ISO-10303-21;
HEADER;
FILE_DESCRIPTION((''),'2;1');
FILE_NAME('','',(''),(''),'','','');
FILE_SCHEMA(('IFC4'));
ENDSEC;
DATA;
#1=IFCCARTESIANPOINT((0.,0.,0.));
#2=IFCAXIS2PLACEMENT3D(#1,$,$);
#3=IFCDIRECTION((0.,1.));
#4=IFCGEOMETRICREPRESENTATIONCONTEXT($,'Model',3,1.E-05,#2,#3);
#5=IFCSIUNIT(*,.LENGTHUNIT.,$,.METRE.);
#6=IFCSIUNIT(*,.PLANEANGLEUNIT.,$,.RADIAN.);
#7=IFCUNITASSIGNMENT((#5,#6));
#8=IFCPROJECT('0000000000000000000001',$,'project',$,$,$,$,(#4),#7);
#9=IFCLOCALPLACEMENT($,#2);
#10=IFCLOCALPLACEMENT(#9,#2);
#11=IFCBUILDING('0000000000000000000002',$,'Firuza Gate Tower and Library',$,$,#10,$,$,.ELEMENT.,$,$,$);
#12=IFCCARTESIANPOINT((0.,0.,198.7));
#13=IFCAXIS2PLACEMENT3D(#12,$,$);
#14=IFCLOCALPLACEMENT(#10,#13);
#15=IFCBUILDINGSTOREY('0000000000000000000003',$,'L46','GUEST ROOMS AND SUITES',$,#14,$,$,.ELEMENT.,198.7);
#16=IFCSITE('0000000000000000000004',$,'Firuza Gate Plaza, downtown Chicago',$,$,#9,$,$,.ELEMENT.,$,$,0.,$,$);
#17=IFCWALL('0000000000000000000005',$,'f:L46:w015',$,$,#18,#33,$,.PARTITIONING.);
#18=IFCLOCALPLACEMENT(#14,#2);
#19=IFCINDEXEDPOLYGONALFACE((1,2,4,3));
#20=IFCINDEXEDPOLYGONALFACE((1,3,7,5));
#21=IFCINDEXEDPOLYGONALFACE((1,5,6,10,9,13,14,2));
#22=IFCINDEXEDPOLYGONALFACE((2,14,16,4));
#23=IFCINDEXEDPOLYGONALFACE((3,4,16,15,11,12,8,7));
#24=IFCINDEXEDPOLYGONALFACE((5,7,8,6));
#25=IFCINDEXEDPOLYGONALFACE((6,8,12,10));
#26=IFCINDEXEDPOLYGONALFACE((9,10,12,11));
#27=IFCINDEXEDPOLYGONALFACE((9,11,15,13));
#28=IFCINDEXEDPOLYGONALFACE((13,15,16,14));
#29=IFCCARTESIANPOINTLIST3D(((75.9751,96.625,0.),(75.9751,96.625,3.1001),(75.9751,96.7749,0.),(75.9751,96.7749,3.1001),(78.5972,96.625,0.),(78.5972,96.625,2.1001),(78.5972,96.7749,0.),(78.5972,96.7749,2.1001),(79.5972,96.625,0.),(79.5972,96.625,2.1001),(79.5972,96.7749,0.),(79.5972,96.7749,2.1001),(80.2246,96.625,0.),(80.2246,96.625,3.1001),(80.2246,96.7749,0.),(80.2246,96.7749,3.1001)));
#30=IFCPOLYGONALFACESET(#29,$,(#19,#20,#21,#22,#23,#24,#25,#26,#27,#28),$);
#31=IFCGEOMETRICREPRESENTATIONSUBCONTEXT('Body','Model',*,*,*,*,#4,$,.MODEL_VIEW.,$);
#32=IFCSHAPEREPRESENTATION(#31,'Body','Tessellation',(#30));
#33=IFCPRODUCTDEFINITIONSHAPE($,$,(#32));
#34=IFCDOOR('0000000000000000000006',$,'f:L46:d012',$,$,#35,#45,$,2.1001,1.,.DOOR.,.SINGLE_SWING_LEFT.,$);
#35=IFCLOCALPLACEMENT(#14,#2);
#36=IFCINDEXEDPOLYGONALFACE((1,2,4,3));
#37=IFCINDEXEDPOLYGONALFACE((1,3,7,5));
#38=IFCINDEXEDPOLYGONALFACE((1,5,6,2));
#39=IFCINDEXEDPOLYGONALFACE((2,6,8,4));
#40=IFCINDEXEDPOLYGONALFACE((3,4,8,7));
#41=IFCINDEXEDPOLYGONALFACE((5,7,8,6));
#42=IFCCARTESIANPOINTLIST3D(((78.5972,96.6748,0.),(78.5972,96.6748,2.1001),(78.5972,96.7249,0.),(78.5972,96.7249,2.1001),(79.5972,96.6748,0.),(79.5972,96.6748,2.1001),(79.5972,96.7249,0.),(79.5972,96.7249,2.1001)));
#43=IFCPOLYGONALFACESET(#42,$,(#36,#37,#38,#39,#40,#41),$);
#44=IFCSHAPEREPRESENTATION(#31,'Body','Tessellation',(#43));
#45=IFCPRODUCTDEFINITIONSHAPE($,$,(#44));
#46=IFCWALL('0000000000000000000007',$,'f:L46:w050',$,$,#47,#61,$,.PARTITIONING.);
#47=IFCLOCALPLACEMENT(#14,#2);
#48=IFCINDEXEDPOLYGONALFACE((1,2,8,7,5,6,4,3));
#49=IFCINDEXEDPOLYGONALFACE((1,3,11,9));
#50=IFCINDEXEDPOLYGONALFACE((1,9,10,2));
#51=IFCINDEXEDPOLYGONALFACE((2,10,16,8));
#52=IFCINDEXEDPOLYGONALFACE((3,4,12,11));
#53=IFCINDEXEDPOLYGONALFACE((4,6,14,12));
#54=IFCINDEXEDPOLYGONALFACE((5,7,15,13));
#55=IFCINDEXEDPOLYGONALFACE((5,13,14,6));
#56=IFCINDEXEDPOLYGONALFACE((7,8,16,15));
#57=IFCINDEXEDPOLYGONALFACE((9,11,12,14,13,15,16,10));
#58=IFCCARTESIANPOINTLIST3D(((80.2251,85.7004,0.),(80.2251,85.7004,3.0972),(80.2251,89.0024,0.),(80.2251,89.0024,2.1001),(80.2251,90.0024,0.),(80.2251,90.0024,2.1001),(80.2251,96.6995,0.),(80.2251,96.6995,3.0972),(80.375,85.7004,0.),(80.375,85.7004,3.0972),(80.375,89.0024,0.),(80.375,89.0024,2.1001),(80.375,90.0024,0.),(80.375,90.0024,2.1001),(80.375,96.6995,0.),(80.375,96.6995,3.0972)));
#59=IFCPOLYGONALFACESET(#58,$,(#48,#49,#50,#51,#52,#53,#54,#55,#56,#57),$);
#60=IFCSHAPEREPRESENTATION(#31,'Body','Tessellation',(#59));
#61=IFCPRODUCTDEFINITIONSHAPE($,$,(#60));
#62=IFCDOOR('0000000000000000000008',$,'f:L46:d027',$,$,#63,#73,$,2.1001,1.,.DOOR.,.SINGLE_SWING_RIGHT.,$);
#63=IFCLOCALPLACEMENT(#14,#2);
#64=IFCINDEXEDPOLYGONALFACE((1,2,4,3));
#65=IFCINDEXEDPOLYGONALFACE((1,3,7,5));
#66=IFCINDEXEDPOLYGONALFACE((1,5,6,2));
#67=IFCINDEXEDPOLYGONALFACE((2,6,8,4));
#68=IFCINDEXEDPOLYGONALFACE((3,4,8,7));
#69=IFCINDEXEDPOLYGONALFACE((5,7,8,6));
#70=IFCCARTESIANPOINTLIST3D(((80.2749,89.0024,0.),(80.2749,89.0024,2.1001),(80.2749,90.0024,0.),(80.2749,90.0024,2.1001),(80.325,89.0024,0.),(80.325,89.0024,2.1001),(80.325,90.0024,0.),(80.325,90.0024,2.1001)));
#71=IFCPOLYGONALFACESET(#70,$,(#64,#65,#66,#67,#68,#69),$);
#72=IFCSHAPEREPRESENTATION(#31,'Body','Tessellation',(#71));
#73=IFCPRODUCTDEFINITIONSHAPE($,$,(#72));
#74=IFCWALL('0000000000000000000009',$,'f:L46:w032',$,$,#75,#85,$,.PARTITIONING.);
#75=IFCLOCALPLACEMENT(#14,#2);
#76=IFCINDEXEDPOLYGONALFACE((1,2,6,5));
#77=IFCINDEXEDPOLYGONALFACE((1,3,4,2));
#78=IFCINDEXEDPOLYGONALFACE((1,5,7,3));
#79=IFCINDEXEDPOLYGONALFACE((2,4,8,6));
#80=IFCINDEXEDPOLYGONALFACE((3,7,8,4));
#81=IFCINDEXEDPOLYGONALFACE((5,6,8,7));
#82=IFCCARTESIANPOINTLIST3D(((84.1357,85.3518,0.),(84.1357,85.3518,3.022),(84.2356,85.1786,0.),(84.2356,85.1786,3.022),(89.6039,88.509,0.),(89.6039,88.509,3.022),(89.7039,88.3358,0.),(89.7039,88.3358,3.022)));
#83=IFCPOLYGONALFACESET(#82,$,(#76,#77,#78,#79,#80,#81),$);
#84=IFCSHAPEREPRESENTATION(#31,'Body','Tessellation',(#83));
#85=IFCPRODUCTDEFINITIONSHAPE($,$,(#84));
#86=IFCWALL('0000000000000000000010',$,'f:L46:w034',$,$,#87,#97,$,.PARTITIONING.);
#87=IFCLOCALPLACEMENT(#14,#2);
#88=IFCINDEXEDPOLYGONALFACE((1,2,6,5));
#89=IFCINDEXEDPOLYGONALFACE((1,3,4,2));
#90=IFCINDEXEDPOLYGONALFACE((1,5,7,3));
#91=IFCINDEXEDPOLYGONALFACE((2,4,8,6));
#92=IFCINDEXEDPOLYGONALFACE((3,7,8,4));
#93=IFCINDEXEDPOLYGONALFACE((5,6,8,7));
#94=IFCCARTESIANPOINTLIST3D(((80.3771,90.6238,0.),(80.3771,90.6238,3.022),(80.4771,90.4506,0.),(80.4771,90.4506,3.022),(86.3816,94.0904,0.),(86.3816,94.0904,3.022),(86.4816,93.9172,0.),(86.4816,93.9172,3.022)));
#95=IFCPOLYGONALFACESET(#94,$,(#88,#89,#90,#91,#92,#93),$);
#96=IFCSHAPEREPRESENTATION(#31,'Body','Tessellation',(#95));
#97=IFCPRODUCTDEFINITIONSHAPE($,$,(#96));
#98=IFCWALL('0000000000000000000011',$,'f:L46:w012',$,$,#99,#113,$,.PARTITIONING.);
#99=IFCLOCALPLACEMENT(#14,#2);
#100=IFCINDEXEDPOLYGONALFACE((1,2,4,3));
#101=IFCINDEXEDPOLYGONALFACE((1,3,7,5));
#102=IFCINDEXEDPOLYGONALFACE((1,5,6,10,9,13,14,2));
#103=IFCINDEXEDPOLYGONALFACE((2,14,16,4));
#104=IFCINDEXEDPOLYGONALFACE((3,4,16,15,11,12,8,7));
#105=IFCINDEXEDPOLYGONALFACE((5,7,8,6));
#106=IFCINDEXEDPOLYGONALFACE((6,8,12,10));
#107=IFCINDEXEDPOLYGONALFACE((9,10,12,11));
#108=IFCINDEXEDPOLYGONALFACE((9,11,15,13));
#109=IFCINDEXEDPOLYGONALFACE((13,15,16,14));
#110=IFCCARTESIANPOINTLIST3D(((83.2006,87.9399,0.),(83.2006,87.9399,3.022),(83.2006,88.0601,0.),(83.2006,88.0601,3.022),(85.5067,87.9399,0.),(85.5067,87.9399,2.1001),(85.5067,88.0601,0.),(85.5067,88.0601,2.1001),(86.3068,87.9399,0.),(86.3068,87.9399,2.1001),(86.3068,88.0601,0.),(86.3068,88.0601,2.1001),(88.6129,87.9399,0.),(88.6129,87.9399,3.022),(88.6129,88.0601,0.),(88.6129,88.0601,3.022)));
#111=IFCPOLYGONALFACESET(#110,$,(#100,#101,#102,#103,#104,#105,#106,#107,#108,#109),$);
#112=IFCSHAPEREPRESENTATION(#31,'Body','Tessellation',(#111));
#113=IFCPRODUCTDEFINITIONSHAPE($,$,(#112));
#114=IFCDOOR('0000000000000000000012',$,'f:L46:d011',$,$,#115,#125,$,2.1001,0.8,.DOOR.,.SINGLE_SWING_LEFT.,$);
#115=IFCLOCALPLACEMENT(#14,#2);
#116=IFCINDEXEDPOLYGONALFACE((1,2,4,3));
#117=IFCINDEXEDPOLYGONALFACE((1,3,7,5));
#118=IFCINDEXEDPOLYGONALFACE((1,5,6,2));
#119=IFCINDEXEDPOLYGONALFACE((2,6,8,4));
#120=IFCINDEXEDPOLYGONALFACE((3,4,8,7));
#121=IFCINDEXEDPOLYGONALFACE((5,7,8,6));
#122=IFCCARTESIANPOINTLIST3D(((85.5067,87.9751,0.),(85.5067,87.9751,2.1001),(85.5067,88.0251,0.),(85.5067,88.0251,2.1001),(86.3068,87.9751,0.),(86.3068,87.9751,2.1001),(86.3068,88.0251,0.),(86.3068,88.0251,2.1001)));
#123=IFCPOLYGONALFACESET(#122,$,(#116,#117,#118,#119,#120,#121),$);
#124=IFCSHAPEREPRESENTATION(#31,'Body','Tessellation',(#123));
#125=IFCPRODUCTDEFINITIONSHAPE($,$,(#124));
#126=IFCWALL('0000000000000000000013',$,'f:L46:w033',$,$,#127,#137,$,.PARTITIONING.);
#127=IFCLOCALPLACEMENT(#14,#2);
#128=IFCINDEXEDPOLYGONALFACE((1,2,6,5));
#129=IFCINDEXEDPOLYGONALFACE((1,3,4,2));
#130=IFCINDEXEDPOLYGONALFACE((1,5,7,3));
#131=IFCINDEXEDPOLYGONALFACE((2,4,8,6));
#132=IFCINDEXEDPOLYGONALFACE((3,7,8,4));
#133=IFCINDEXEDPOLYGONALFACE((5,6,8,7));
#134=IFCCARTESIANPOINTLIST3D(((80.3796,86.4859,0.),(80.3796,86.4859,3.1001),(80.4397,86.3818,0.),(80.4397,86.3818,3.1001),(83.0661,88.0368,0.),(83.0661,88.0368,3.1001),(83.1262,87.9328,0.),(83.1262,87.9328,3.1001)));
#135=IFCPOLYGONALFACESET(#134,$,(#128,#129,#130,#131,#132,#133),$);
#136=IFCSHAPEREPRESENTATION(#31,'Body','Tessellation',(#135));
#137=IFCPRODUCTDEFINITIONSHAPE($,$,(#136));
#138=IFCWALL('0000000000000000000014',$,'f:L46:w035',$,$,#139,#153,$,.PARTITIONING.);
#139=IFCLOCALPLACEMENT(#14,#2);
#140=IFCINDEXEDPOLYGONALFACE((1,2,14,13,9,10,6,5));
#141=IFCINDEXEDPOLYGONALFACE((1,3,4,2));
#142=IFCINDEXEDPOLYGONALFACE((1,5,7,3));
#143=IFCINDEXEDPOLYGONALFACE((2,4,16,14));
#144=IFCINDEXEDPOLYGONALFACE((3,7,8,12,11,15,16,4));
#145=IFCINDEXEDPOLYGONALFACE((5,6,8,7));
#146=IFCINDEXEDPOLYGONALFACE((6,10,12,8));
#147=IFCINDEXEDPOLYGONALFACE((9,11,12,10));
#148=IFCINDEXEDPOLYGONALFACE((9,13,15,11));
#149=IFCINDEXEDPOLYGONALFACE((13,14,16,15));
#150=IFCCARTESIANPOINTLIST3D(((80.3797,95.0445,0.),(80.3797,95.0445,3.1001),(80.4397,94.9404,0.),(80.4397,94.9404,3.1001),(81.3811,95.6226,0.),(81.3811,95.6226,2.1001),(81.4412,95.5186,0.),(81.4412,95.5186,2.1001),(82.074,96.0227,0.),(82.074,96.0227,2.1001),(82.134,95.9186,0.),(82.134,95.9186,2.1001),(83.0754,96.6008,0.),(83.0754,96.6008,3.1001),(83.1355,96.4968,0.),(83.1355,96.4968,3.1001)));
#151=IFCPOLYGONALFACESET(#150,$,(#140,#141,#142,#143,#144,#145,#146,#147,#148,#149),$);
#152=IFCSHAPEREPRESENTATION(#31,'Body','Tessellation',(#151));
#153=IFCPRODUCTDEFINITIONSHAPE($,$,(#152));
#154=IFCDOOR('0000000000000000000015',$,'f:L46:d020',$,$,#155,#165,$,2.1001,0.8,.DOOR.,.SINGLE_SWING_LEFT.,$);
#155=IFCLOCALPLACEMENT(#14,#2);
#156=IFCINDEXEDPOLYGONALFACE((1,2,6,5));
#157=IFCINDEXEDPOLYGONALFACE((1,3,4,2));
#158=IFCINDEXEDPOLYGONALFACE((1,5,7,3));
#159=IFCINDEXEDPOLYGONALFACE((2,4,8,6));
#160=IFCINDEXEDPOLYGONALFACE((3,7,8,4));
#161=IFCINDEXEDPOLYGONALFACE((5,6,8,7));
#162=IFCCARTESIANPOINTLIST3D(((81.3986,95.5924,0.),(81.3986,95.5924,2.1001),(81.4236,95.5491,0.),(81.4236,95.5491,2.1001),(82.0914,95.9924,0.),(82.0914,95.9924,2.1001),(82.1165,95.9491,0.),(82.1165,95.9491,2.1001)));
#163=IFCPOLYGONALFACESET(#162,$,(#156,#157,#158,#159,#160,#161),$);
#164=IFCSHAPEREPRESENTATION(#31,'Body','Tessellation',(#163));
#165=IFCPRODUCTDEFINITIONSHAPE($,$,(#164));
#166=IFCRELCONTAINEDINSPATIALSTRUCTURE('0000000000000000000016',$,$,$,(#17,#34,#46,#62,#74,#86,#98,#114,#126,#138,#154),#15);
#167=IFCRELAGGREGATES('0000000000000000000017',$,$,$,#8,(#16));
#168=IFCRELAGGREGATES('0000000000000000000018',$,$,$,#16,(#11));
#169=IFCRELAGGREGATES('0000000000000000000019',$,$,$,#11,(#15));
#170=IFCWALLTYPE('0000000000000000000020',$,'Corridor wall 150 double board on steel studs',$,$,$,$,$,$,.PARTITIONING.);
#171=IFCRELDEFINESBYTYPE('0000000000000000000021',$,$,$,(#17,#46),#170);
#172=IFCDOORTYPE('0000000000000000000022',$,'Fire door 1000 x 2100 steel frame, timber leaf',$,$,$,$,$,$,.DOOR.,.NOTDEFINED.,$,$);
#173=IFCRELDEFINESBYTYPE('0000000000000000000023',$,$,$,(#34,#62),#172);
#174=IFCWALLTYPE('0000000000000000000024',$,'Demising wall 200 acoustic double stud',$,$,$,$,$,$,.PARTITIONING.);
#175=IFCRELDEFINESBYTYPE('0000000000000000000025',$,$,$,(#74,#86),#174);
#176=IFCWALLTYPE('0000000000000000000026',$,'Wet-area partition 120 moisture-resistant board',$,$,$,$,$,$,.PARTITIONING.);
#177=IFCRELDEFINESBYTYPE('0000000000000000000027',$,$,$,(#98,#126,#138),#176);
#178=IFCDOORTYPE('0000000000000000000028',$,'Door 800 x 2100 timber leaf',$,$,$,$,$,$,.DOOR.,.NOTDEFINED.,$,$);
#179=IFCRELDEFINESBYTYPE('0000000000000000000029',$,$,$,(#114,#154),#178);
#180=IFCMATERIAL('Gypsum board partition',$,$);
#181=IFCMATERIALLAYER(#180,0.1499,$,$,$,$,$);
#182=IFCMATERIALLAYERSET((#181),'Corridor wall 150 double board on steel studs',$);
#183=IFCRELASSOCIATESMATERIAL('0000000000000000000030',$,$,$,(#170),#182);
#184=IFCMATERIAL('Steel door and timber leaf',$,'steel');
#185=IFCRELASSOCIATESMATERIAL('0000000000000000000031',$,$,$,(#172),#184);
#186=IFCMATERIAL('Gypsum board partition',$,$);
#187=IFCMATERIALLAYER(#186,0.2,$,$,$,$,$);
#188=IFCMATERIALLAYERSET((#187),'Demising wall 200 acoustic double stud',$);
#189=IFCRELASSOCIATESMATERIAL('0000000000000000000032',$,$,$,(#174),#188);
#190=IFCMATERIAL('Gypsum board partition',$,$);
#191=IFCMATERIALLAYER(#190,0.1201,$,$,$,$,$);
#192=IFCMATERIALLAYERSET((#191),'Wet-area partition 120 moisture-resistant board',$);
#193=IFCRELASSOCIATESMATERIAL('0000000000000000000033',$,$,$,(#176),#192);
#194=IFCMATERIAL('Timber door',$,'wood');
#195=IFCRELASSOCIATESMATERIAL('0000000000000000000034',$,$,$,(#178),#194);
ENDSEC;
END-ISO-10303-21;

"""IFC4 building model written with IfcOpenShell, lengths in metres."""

from ifc_helpers import new_model, si_unit, direction, frame, frame_2d, origin, place, context, subcontext, project, spatial, rectangle, extrude, material, layer, layer_set, type_object, element, fill, save


model = new_model("IFC4")

# Units and contexts
model_context = context("Model", 3, precision=1e-05, world=origin(), true_north=direction((0.0, 1.0)))
body_context = subcontext(model_context, "Body", "Model", "MODEL_VIEW")
ifc_project = project(units=[si_unit("LENGTHUNIT", "METRE"), si_unit("PLANEANGLEUNIT", "RADIAN")], contexts=[model_context])

# Site, building, storey
site_placement = place(None, origin())
site = spatial("IfcSite", under=ifc_project, at=site_placement, Name="Firuza Gate Plaza, downtown Chicago", CompositionType="ELEMENT", RefElevation=0.0)
building_placement = place(site_placement, origin())
building = spatial("IfcBuilding", under=site, at=building_placement, Name="Firuza Gate Tower and Library", CompositionType="ELEMENT")
storey_placement = place(building_placement, frame((0.0, 0.0, 198.7)))
storey = spatial("IfcBuildingStorey", under=building, at=storey_placement, Name="L46", Description="GUEST ROOMS AND SUITES", CompositionType="ELEMENT", Elevation=198.7)

# Walls, openings, doors
ifc_material_1 = material(Name="Gypsum board partition")
ifc_layer_1 = layer(ifc_material_1, 0.1499)
ifc_layer_set_1 = layer_set([ifc_layer_1], Name="Corridor wall 150 double board on steel studs")
wall_type_1 = type_object("IfcWallType", Name="Corridor wall 150 double board on steel studs", PredefinedType="PARTITIONING", material=ifc_layer_set_1)
wall_1_placement = place(storey_placement, frame((75.9751, 96.7, 0.0), z_axis=(0.0, 0.0, 1.0), x_axis=(1.0, 0.0, 0.0)))
wall_1 = element("IfcWall", 1, at=wall_1_placement, inside=storey, type_object=wall_type_1, Name="f:L46:w015", PredefinedType="PARTITIONING", context=body_context, shape_type="SweptSolid", body=[
    extrude(rectangle(XDim=4.2495, YDim=0.1499, at=frame_2d((2.1248, 0.0))), origin(), (0.0, 0.0, 1.0), 3.1001),
])
opening_1_placement = place(wall_1_placement, frame((2.6221, 0.0, 0.0)))
opening_1 = element("IfcOpeningElement", 2, at=opening_1_placement, cuts=wall_1, PredefinedType="OPENING", context=body_context, shape_type="SweptSolid", body=[
    extrude(rectangle(XDim=1.0, YDim=2.1001, at=frame_2d((0.5, 1.05))), frame((0.0, 0.085, 0.0), z_axis=(0.0, -1.0, 0.0), x_axis=(1.0, 0.0, 0.0)), (0.0, 0.0, 1.0), 0.1699),
])
ifc_material_2 = material(Name="Steel door and timber leaf", Category="steel")
door_type_1 = type_object("IfcDoorType", Name="Fire door 1000 x 2100 steel frame, timber leaf", OperationType="NOTDEFINED", PredefinedType="DOOR", material=ifc_material_2)
door_1_placement = place(opening_1_placement, origin())
door_1 = element("IfcDoor", 3, at=door_1_placement, inside=storey, type_object=door_type_1, Name="f:L46:d012", OperationType="SINGLE_SWING_LEFT", OverallHeight=2.1001, OverallWidth=1.0, PredefinedType="DOOR", context=body_context, shape_type="SweptSolid", body=[
    extrude(rectangle(XDim=1.0, YDim=2.1001, at=frame_2d((0.5, 1.05))), frame((0.0, 0.0249, 0.0), z_axis=(0.0, -1.0, 0.0), x_axis=(1.0, 0.0, 0.0)), (0.0, 0.0, 1.0), 0.05),
])
fill(opening_1, door_1)
wall_2_placement = place(storey_placement, frame((80.3, 96.6995, 0.0), z_axis=(0.0, 0.0, 1.0), x_axis=(0.0, -1.0, 0.0)))
wall_2 = element("IfcWall", 4, at=wall_2_placement, inside=storey, type_object=wall_type_1, Name="f:L46:w050", PredefinedType="PARTITIONING", context=body_context, shape_type="SweptSolid", body=[
    extrude(rectangle(XDim=10.999, YDim=0.1499, at=frame_2d((5.4995, 0.0))), origin(), (0.0, 0.0, 1.0), 3.0972),
])
opening_2_placement = place(wall_2_placement, frame((6.697, 0.0, 0.0)))
opening_2 = element("IfcOpeningElement", 5, at=opening_2_placement, cuts=wall_2, PredefinedType="OPENING", context=body_context, shape_type="SweptSolid", body=[
    extrude(rectangle(XDim=1.0, YDim=2.1001, at=frame_2d((0.5, 1.05))), frame((0.0, 0.085, 0.0), z_axis=(0.0, -1.0, 0.0), x_axis=(1.0, 0.0, 0.0)), (0.0, 0.0, 1.0), 0.1699),
])
door_2_placement = place(opening_2_placement, origin())
door_2 = element("IfcDoor", 6, at=door_2_placement, inside=storey, type_object=door_type_1, Name="f:L46:d027", OperationType="SINGLE_SWING_RIGHT", OverallHeight=2.1001, OverallWidth=1.0, PredefinedType="DOOR", context=body_context, shape_type="SweptSolid", body=[
    extrude(rectangle(XDim=1.0, YDim=2.1001, at=frame_2d((0.5, 1.05))), frame((0.0, 0.0249, 0.0), z_axis=(0.0, -1.0, 0.0), x_axis=(1.0, 0.0, 0.0)), (0.0, 0.0, 1.0), 0.05),
])
fill(opening_2, door_2)

# Walls
ifc_material_3 = material(Name="Gypsum board partition")
ifc_layer_2 = layer(ifc_material_3, 0.2)
ifc_layer_set_2 = layer_set([ifc_layer_2], Name="Demising wall 200 acoustic double stud")
wall_type_2 = type_object("IfcWallType", Name="Demising wall 200 acoustic double stud", PredefinedType="PARTITIONING", material=ifc_layer_set_2)
wall_3_placement = place(storey_placement, frame((84.1855, 85.2651, 0.0), z_axis=(0.0, 0.0, 1.0), x_axis=(0.866017, 0.500015, 0.0)))
element("IfcWall", 7, at=wall_3_placement, inside=storey, type_object=wall_type_2, Name="f:L46:w032", PredefinedType="PARTITIONING", context=body_context, shape_type="SweptSolid", body=[
    extrude(rectangle(XDim=6.3142, YDim=0.2, at=frame_2d((3.1572, 0.0))), origin(), (0.0, 0.0, 1.0), 3.022),
])
wall_4_placement = place(storey_placement, frame((80.427, 90.5371, 0.0), z_axis=(0.0, 0.0, 1.0), x_axis=(0.866031, 0.499991, 0.0)))
element("IfcWall", 8, at=wall_4_placement, inside=storey, type_object=wall_type_2, Name="f:L46:w034", PredefinedType="PARTITIONING", context=body_context, shape_type="SweptSolid", body=[
    extrude(rectangle(XDim=6.9333, YDim=0.2, at=frame_2d((3.4668, 0.0))), origin(), (0.0, 0.0, 1.0), 3.022),
])

# Wall, opening, door
ifc_material_4 = material(Name="Gypsum board partition")
ifc_layer_3 = layer(ifc_material_4, 0.1201)
ifc_layer_set_3 = layer_set([ifc_layer_3], Name="Wet-area partition 120 moisture-resistant board")
wall_type_3 = type_object("IfcWallType", Name="Wet-area partition 120 moisture-resistant board", PredefinedType="PARTITIONING", material=ifc_layer_set_3)
wall_5_placement = place(storey_placement, frame((88.6128, 88.0, 0.0), z_axis=(0.0, 0.0, 1.0), x_axis=(-1.0, 0.0, 0.0)))
wall_5 = element("IfcWall", 9, at=wall_5_placement, inside=storey, type_object=wall_type_3, Name="f:L46:w012", PredefinedType="PARTITIONING", context=body_context, shape_type="SweptSolid", body=[
    extrude(rectangle(XDim=5.4124, YDim=0.1201, at=frame_2d((2.7061, 0.0))), origin(), (0.0, 0.0, 1.0), 3.022),
])
opening_3_placement = place(wall_5_placement, frame((2.3062, 0.0, 0.0)))
opening_3 = element("IfcOpeningElement", 10, at=opening_3_placement, cuts=wall_5, PredefinedType="OPENING", context=body_context, shape_type="SweptSolid", body=[
    extrude(rectangle(XDim=0.8, YDim=2.1001, at=frame_2d((0.3999, 1.05))), frame((0.0, 0.0701, 0.0), z_axis=(0.0, -1.0, 0.0), x_axis=(1.0, 0.0, 0.0)), (0.0, 0.0, 1.0), 0.1401),
])
ifc_material_5 = material(Name="Timber door", Category="wood")
door_type_2 = type_object("IfcDoorType", Name="Door 800 x 2100 timber leaf", OperationType="NOTDEFINED", PredefinedType="DOOR", material=ifc_material_5)
door_3_placement = place(opening_3_placement, origin())
door_3 = element("IfcDoor", 11, at=door_3_placement, inside=storey, type_object=door_type_2, Name="f:L46:d011", OperationType="SINGLE_SWING_LEFT", OverallHeight=2.1001, OverallWidth=0.8, PredefinedType="DOOR", context=body_context, shape_type="SweptSolid", body=[
    extrude(rectangle(XDim=0.8, YDim=2.1001, at=frame_2d((0.3999, 1.05))), frame((0.0, 0.0249, 0.0), z_axis=(0.0, -1.0, 0.0), x_axis=(1.0, 0.0, 0.0)), (0.0, 0.0, 1.0), 0.05),
])
fill(opening_3, door_3)

# Wall
wall_6_placement = place(storey_placement, frame((80.4097, 86.4338, 0.0), z_axis=(0.0, 0.0, 1.0), x_axis=(0.866031, 0.49999, 0.0)))
element("IfcWall", 12, at=wall_6_placement, inside=storey, type_object=wall_type_3, Name="f:L46:w033", PredefinedType="PARTITIONING", context=body_context, shape_type="SweptSolid", body=[
    extrude(rectangle(XDim=3.1021, YDim=0.1201, at=frame_2d((1.551, 0.0))), origin(), (0.0, 0.0, 1.0), 3.1001),
])

# Wall, opening, door
wall_7_placement = place(storey_placement, frame((83.1055, 96.5488, 0.0), z_axis=(0.0, 0.0, 1.0), x_axis=(-0.866029, -0.499994, 0.0)))
wall_7 = element("IfcWall", 13, at=wall_7_placement, inside=storey, type_object=wall_type_3, Name="f:L46:w035", PredefinedType="PARTITIONING", context=body_context, shape_type="SweptSolid", body=[
    extrude(rectangle(XDim=3.1128, YDim=0.1201, at=frame_2d((1.5564, 0.0))), origin(), (0.0, 0.0, 1.0), 3.1001),
])
opening_4_placement = place(wall_7_placement, frame((1.1565, 0.0, 0.0)))
opening_4 = element("IfcOpeningElement", 14, at=opening_4_placement, cuts=wall_7, PredefinedType="OPENING", context=body_context, shape_type="SweptSolid", body=[
    extrude(rectangle(XDim=0.8, YDim=2.1001, at=frame_2d((0.3999, 1.05))), frame((0.0, 0.0701, 0.0), z_axis=(0.0, -1.0, 0.0), x_axis=(1.0, 0.0, 0.0)), (0.0, 0.0, 1.0), 0.1401),
])
door_4_placement = place(opening_4_placement, origin())
door_4 = element("IfcDoor", 15, at=door_4_placement, inside=storey, type_object=door_type_2, Name="f:L46:d020", OperationType="SINGLE_SWING_LEFT", OverallHeight=2.1001, OverallWidth=0.8, PredefinedType="DOOR", context=body_context, shape_type="SweptSolid", body=[
    extrude(rectangle(XDim=0.8, YDim=2.1001, at=frame_2d((0.3999, 1.05))), frame((0.0, 0.0249, 0.0), z_axis=(0.0, -1.0, 0.0), x_axis=(1.0, 0.0, 0.0)), (0.0, 0.0, 1.0), 0.05),
])
fill(opening_4, door_4)

save(model, "model.ifc")
